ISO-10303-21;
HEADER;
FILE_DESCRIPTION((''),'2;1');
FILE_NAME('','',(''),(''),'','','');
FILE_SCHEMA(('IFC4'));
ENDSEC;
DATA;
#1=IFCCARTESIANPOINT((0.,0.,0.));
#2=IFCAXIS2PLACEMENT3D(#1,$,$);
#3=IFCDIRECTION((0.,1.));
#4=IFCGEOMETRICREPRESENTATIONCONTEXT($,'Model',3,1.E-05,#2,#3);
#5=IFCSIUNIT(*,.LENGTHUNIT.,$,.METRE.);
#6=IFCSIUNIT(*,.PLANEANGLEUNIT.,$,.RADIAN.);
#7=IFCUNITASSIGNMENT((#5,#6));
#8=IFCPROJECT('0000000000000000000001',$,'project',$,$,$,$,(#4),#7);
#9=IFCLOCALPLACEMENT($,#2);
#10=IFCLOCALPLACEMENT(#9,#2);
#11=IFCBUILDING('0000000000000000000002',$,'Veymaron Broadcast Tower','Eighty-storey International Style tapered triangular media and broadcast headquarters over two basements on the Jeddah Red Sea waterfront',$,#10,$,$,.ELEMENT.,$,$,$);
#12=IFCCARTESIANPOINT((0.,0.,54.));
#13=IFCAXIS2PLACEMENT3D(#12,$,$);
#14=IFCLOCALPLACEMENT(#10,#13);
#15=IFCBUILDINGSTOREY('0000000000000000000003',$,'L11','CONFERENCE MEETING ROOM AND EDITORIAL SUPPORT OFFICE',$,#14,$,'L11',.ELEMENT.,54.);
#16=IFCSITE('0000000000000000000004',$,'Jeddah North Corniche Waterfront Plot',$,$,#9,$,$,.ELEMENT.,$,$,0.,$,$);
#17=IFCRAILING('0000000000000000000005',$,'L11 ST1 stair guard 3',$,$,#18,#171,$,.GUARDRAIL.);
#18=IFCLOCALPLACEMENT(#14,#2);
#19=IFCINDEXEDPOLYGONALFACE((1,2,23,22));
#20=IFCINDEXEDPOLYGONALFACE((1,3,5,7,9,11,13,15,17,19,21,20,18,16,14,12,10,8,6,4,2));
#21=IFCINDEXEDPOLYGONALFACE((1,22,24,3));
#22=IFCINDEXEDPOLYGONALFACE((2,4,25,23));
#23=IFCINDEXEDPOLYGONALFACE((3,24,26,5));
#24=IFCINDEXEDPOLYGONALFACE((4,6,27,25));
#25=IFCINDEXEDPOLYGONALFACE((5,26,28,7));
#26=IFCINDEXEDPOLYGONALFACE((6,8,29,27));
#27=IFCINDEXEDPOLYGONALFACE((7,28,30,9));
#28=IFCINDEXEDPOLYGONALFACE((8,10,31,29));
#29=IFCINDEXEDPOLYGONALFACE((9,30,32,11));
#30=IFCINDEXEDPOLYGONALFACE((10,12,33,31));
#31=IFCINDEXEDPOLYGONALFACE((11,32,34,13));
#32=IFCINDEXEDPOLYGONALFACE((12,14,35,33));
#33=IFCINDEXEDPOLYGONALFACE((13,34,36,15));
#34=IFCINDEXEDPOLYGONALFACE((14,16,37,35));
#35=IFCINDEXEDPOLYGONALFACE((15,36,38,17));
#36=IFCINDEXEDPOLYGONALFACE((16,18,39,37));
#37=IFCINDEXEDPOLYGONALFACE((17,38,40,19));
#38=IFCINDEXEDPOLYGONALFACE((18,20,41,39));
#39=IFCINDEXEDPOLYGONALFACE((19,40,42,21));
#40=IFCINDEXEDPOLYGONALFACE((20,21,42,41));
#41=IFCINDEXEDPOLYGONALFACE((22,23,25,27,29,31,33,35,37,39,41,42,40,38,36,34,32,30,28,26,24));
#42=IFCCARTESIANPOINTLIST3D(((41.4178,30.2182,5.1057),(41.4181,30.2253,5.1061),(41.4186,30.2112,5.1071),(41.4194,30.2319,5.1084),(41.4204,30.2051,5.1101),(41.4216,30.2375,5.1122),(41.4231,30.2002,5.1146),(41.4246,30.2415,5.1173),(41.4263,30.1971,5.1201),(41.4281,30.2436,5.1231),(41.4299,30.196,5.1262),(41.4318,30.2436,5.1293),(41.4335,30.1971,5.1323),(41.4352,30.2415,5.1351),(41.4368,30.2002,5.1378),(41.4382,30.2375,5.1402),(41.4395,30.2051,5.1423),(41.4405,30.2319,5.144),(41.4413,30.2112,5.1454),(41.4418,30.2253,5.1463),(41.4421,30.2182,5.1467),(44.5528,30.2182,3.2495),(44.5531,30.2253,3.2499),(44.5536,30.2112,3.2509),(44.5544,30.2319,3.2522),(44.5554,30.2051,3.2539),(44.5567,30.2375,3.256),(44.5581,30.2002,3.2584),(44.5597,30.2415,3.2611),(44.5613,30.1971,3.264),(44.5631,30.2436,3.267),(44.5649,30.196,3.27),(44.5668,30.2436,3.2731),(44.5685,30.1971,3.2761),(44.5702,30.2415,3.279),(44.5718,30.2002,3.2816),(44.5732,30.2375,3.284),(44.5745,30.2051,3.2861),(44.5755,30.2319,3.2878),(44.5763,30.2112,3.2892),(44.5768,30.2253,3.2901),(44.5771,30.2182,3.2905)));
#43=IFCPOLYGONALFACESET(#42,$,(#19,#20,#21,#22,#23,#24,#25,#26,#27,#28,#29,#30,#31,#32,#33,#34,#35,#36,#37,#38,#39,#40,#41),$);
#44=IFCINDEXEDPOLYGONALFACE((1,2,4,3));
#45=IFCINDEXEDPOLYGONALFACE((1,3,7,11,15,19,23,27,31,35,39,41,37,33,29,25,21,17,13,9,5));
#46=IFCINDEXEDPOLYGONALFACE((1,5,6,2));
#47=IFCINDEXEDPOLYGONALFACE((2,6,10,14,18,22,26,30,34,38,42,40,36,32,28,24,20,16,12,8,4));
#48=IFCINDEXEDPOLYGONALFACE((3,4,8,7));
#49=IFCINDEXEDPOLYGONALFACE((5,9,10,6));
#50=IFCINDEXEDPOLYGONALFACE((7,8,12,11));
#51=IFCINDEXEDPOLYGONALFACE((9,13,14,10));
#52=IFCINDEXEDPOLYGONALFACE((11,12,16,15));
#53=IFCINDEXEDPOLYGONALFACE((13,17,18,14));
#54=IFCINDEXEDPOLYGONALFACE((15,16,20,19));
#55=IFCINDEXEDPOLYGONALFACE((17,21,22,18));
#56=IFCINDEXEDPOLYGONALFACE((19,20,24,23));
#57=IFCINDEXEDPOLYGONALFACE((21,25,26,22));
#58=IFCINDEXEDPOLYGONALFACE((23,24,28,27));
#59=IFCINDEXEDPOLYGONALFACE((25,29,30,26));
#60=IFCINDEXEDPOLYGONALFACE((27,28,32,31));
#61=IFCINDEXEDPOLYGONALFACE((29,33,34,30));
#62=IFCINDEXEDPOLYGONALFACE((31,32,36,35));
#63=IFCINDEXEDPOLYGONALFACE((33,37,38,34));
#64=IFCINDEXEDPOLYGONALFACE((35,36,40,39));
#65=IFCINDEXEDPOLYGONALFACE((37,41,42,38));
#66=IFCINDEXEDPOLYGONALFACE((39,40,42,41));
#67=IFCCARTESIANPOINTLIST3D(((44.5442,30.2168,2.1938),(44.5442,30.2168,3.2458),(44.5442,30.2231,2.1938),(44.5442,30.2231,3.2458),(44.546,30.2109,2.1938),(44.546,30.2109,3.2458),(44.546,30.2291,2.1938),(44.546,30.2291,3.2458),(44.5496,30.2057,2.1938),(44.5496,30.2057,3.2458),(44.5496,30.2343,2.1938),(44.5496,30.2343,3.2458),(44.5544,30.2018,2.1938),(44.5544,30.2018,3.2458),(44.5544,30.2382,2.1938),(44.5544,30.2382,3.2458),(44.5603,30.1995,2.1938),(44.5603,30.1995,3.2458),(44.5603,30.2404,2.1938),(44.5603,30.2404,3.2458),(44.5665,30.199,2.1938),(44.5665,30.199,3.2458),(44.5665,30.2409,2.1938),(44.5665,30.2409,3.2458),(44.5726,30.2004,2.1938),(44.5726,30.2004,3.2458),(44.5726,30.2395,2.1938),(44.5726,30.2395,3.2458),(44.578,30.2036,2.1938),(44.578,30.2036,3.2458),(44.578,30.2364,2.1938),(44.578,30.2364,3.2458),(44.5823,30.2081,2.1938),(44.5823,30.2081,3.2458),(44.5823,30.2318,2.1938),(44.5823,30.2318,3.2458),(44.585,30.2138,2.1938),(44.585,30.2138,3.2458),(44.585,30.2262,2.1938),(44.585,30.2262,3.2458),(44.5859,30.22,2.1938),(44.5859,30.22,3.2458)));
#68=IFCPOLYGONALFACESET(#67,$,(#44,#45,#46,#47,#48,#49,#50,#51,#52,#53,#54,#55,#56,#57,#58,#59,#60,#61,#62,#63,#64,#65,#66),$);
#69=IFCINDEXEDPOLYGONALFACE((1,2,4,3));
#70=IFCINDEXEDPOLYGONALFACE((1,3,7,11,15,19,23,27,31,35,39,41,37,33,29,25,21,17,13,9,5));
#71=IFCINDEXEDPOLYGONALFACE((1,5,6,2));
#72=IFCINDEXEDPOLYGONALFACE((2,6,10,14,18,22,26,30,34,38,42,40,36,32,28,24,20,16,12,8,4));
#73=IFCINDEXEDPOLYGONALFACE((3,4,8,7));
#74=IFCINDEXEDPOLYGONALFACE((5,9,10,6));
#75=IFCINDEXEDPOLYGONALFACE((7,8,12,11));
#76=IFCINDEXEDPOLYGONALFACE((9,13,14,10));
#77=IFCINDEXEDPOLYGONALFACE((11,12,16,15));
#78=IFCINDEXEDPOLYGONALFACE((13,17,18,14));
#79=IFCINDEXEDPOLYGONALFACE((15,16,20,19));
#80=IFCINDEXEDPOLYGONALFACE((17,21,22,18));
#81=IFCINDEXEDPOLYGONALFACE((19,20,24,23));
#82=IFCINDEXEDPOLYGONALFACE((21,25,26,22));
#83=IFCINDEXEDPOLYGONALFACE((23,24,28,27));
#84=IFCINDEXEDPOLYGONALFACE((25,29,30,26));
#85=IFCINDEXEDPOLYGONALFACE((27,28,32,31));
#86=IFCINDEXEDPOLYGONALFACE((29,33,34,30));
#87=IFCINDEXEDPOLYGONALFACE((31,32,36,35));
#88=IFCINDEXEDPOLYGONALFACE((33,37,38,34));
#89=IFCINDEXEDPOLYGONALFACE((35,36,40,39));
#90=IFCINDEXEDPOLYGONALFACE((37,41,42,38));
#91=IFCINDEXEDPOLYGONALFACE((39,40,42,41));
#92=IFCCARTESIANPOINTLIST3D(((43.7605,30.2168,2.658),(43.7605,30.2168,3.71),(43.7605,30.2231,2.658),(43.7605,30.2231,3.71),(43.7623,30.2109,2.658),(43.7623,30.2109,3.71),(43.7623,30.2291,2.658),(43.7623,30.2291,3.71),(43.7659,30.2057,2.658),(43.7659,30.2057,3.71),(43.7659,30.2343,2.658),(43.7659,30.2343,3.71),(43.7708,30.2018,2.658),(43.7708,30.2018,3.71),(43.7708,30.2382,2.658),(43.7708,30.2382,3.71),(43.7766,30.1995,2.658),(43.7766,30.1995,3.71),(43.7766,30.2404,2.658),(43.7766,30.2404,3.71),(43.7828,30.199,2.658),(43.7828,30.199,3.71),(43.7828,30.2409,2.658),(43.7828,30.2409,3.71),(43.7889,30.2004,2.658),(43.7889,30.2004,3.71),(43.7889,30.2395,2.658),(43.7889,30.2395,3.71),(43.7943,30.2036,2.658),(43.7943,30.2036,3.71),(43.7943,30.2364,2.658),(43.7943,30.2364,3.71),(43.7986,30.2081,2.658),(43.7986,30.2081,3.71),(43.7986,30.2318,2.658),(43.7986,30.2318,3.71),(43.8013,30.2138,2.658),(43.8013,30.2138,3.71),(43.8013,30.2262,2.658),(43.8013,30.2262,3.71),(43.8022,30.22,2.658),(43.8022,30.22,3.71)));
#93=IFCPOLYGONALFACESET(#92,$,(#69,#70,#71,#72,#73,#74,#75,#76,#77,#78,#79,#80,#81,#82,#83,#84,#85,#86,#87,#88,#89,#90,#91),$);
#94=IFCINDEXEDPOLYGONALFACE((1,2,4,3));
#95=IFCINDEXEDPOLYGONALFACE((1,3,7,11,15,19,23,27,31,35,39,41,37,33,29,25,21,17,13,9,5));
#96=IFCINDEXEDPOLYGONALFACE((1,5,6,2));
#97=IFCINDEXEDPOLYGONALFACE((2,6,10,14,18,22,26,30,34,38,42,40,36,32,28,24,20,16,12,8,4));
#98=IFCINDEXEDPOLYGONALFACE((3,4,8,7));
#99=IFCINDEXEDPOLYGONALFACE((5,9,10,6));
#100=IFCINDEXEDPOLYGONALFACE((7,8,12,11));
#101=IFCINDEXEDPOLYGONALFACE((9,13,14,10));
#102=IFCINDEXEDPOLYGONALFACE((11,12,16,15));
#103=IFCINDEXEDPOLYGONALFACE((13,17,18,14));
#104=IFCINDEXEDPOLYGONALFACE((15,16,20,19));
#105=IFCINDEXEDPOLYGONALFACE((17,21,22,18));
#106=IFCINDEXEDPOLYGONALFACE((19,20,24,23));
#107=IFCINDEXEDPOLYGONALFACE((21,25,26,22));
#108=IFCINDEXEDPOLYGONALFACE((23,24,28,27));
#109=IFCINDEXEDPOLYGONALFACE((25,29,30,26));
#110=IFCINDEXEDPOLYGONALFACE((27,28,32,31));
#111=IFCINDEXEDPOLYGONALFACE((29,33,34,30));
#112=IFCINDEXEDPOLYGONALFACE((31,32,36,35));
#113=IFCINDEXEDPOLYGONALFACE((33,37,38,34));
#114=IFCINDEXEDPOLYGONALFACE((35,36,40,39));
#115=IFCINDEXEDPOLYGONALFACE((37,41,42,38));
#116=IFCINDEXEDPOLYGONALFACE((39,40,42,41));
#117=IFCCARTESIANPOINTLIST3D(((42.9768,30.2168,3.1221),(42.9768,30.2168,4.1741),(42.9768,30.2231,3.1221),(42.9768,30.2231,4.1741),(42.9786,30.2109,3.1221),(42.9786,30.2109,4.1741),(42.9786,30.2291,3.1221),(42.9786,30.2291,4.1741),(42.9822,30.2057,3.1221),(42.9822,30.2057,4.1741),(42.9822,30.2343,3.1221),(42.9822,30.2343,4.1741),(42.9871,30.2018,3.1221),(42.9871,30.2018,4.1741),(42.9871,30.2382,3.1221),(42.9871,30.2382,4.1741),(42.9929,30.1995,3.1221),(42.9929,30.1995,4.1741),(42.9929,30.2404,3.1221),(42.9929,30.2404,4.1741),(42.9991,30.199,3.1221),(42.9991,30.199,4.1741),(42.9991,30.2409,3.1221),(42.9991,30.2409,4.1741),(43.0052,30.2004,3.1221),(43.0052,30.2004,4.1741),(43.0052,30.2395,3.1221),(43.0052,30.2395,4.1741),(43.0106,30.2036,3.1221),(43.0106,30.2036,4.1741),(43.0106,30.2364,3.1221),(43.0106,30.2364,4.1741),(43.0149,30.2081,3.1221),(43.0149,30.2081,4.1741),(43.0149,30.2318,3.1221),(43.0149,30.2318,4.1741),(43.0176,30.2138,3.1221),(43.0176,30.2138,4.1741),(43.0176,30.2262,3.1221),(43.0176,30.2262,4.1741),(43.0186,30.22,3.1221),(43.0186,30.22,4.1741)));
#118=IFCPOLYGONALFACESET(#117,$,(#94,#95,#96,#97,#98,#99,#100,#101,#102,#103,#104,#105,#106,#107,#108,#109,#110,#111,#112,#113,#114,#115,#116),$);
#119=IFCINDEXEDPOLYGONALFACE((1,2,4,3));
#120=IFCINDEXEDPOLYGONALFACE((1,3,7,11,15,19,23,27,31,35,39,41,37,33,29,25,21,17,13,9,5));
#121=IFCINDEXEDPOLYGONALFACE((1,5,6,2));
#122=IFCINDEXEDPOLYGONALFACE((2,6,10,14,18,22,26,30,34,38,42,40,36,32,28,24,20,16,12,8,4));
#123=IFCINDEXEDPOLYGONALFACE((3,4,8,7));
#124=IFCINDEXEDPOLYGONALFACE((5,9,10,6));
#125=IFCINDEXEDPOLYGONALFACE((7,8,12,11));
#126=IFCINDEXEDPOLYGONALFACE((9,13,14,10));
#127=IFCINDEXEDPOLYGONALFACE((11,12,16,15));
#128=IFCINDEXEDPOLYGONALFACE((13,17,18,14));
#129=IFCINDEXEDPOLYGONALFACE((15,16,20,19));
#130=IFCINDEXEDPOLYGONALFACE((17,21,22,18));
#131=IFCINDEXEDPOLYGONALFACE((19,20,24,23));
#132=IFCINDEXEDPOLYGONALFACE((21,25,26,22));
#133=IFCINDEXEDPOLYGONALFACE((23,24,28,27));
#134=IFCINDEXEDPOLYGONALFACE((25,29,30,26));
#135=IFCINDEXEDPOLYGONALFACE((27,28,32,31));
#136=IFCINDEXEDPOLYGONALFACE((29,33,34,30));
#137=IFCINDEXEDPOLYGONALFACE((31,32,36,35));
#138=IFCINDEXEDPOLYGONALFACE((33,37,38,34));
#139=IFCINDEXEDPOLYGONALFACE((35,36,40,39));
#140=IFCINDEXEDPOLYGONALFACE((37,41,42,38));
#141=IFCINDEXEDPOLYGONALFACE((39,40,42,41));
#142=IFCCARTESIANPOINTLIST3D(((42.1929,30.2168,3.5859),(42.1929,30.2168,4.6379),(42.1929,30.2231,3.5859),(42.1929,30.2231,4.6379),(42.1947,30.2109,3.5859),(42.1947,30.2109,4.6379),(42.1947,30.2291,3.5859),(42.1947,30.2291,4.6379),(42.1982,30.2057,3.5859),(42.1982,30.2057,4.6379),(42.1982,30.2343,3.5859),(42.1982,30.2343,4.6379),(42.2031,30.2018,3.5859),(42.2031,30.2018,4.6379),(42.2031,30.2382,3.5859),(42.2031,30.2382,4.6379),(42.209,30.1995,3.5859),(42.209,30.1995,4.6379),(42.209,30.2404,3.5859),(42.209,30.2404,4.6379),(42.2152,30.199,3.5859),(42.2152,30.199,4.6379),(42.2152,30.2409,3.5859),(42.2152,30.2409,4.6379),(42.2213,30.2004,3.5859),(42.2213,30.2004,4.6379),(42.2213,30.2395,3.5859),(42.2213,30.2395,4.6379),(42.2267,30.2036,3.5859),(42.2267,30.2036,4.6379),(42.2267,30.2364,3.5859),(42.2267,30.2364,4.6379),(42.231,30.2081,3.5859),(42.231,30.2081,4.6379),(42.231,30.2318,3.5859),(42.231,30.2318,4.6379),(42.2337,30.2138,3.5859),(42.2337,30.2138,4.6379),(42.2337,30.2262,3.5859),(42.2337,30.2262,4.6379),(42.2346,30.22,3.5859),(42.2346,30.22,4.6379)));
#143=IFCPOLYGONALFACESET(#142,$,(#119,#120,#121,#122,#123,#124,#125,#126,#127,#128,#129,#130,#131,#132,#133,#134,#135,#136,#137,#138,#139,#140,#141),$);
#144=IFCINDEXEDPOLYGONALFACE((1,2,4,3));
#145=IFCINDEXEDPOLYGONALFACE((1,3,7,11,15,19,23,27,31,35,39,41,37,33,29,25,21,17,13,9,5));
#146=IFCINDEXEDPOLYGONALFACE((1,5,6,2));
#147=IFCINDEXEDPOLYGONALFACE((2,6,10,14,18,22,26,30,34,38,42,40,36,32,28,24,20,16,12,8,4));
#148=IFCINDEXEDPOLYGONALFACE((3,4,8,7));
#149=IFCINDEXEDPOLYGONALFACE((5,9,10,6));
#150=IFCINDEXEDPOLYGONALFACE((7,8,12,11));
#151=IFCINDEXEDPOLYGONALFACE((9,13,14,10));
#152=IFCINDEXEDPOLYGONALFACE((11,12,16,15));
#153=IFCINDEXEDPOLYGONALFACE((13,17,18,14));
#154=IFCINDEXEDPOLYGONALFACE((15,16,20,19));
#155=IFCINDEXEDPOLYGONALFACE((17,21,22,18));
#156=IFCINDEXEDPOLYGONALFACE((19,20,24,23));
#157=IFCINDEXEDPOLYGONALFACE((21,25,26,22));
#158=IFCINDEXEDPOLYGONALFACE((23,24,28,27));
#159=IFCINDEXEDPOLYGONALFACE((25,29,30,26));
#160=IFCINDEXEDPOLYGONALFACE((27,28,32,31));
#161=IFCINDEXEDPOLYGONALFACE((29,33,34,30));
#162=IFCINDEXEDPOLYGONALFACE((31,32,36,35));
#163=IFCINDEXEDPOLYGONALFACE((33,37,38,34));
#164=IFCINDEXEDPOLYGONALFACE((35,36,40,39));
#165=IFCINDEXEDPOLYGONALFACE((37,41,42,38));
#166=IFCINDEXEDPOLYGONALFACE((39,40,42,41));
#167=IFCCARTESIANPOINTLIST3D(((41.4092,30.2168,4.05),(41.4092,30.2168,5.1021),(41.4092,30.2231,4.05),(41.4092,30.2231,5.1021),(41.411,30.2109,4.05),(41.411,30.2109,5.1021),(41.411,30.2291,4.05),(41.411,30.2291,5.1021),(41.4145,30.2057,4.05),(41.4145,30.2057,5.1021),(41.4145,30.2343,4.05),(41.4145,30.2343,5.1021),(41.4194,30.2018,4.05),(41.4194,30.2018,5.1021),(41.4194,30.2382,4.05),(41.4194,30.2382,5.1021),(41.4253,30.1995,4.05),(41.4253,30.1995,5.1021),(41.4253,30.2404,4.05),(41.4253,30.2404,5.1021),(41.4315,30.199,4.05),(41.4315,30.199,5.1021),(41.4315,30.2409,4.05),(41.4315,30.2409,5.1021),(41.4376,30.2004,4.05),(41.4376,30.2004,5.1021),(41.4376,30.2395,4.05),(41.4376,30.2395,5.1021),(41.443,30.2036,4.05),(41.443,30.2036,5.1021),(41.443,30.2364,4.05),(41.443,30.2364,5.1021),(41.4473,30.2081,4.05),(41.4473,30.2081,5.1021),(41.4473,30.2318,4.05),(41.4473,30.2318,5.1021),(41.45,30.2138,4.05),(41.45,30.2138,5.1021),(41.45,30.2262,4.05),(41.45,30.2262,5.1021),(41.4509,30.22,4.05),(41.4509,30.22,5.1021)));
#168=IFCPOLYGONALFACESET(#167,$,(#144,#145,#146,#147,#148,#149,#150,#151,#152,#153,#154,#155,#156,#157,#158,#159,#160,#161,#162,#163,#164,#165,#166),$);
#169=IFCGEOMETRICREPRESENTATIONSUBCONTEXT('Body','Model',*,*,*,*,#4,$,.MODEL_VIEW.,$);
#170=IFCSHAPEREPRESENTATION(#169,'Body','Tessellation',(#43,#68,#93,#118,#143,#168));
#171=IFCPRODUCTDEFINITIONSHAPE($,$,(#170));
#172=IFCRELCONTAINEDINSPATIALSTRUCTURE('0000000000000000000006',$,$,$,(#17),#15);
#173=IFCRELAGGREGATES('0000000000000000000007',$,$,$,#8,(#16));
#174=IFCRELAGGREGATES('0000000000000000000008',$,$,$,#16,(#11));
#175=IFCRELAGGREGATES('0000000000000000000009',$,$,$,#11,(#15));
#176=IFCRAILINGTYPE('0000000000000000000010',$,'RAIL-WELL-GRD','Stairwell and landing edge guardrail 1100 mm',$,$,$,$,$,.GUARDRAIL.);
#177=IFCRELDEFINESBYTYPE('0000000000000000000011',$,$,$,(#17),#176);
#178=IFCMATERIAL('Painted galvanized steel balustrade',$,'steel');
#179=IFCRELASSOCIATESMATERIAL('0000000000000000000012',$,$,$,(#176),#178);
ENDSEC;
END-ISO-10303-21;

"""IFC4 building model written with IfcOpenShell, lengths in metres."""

from ifc_helpers import new_model, si_unit, direction, frame, origin, origin_2d, place, context, subcontext, project, spatial, circle, extrude, material, type_object, element, save


model = new_model("IFC4")

# Units and contexts
model_context = context("Model", 3, precision=1e-05, world=origin(), true_north=direction((0.0, 1.0)))
body_context = subcontext(model_context, "Body", "Model", "MODEL_VIEW")
ifc_project = project(units=[si_unit("LENGTHUNIT", "METRE"), si_unit("PLANEANGLEUNIT", "RADIAN")], contexts=[model_context])

# Site, building, storey
site_placement = place(None, origin())
site = spatial("IfcSite", under=ifc_project, at=site_placement, Name="Jeddah North Corniche Waterfront Plot", CompositionType="ELEMENT", RefElevation=0.0)
building_placement = place(site_placement, origin())
building = spatial("IfcBuilding", under=site, at=building_placement, Name="Veymaron Broadcast Tower", Description="Eighty-storey International Style tapered triangular media and broadcast headquarters over two basements on the Jeddah Red Sea waterfront", CompositionType="ELEMENT")
storey_placement = place(building_placement, frame((0.0, 0.0, 54.0)))
storey = spatial("IfcBuildingStorey", under=building, at=storey_placement, Name="L11", Description="CONFERENCE MEETING ROOM AND EDITORIAL SUPPORT OFFICE", LongName="L11", CompositionType="ELEMENT", Elevation=54.0)

# Railing
ifc_material_1 = material(Name="Painted galvanized steel balustrade", Category="steel")
railing_type_1 = type_object("IfcRailingType", Name="RAIL-WELL-GRD", Description="Stairwell and landing edge guardrail 1100 mm", PredefinedType="GUARDRAIL", material=ifc_material_1)
railing_1_placement = place(storey_placement, frame((44.5649, 30.22, 2.1938)))
element("IfcRailing", 1, at=railing_1_placement, inside=storey, type_object=railing_type_1, Name="L11 ST1 stair guard 3", PredefinedType="GUARDRAIL", context=body_context, shape_type="SweptSolid", body=[
    extrude(circle(Radius=0.0239, at=origin_2d()), frame((0.0, 0.0, 1.0762), z_axis=(-0.860482, 0.0, 0.509481), x_axis=(0.0, -1.0, 0.0)), (0.0, 0.0, 1.0), 3.6433),
    extrude(circle(Radius=0.021, at=origin_2d()), origin(), (0.0, 0.0, 1.0), 1.052),
    extrude(circle(Radius=0.021, at=origin_2d()), frame((-0.7837, 0.0, 0.4641)), (0.0, 0.0, 1.0), 1.052),
    extrude(circle(Radius=0.021, at=origin_2d()), frame((-1.5674, 0.0, 0.9282)), (0.0, 0.0, 1.0), 1.052),
    extrude(circle(Radius=0.021, at=origin_2d()), frame((-2.3513, 0.0, 1.3921)), (0.0, 0.0, 1.0), 1.052),
    extrude(circle(Radius=0.021, at=origin_2d()), frame((-3.135, 0.0, 1.8562)), (0.0, 0.0, 1.0), 1.052),
])

save(model, "model.ifc")
